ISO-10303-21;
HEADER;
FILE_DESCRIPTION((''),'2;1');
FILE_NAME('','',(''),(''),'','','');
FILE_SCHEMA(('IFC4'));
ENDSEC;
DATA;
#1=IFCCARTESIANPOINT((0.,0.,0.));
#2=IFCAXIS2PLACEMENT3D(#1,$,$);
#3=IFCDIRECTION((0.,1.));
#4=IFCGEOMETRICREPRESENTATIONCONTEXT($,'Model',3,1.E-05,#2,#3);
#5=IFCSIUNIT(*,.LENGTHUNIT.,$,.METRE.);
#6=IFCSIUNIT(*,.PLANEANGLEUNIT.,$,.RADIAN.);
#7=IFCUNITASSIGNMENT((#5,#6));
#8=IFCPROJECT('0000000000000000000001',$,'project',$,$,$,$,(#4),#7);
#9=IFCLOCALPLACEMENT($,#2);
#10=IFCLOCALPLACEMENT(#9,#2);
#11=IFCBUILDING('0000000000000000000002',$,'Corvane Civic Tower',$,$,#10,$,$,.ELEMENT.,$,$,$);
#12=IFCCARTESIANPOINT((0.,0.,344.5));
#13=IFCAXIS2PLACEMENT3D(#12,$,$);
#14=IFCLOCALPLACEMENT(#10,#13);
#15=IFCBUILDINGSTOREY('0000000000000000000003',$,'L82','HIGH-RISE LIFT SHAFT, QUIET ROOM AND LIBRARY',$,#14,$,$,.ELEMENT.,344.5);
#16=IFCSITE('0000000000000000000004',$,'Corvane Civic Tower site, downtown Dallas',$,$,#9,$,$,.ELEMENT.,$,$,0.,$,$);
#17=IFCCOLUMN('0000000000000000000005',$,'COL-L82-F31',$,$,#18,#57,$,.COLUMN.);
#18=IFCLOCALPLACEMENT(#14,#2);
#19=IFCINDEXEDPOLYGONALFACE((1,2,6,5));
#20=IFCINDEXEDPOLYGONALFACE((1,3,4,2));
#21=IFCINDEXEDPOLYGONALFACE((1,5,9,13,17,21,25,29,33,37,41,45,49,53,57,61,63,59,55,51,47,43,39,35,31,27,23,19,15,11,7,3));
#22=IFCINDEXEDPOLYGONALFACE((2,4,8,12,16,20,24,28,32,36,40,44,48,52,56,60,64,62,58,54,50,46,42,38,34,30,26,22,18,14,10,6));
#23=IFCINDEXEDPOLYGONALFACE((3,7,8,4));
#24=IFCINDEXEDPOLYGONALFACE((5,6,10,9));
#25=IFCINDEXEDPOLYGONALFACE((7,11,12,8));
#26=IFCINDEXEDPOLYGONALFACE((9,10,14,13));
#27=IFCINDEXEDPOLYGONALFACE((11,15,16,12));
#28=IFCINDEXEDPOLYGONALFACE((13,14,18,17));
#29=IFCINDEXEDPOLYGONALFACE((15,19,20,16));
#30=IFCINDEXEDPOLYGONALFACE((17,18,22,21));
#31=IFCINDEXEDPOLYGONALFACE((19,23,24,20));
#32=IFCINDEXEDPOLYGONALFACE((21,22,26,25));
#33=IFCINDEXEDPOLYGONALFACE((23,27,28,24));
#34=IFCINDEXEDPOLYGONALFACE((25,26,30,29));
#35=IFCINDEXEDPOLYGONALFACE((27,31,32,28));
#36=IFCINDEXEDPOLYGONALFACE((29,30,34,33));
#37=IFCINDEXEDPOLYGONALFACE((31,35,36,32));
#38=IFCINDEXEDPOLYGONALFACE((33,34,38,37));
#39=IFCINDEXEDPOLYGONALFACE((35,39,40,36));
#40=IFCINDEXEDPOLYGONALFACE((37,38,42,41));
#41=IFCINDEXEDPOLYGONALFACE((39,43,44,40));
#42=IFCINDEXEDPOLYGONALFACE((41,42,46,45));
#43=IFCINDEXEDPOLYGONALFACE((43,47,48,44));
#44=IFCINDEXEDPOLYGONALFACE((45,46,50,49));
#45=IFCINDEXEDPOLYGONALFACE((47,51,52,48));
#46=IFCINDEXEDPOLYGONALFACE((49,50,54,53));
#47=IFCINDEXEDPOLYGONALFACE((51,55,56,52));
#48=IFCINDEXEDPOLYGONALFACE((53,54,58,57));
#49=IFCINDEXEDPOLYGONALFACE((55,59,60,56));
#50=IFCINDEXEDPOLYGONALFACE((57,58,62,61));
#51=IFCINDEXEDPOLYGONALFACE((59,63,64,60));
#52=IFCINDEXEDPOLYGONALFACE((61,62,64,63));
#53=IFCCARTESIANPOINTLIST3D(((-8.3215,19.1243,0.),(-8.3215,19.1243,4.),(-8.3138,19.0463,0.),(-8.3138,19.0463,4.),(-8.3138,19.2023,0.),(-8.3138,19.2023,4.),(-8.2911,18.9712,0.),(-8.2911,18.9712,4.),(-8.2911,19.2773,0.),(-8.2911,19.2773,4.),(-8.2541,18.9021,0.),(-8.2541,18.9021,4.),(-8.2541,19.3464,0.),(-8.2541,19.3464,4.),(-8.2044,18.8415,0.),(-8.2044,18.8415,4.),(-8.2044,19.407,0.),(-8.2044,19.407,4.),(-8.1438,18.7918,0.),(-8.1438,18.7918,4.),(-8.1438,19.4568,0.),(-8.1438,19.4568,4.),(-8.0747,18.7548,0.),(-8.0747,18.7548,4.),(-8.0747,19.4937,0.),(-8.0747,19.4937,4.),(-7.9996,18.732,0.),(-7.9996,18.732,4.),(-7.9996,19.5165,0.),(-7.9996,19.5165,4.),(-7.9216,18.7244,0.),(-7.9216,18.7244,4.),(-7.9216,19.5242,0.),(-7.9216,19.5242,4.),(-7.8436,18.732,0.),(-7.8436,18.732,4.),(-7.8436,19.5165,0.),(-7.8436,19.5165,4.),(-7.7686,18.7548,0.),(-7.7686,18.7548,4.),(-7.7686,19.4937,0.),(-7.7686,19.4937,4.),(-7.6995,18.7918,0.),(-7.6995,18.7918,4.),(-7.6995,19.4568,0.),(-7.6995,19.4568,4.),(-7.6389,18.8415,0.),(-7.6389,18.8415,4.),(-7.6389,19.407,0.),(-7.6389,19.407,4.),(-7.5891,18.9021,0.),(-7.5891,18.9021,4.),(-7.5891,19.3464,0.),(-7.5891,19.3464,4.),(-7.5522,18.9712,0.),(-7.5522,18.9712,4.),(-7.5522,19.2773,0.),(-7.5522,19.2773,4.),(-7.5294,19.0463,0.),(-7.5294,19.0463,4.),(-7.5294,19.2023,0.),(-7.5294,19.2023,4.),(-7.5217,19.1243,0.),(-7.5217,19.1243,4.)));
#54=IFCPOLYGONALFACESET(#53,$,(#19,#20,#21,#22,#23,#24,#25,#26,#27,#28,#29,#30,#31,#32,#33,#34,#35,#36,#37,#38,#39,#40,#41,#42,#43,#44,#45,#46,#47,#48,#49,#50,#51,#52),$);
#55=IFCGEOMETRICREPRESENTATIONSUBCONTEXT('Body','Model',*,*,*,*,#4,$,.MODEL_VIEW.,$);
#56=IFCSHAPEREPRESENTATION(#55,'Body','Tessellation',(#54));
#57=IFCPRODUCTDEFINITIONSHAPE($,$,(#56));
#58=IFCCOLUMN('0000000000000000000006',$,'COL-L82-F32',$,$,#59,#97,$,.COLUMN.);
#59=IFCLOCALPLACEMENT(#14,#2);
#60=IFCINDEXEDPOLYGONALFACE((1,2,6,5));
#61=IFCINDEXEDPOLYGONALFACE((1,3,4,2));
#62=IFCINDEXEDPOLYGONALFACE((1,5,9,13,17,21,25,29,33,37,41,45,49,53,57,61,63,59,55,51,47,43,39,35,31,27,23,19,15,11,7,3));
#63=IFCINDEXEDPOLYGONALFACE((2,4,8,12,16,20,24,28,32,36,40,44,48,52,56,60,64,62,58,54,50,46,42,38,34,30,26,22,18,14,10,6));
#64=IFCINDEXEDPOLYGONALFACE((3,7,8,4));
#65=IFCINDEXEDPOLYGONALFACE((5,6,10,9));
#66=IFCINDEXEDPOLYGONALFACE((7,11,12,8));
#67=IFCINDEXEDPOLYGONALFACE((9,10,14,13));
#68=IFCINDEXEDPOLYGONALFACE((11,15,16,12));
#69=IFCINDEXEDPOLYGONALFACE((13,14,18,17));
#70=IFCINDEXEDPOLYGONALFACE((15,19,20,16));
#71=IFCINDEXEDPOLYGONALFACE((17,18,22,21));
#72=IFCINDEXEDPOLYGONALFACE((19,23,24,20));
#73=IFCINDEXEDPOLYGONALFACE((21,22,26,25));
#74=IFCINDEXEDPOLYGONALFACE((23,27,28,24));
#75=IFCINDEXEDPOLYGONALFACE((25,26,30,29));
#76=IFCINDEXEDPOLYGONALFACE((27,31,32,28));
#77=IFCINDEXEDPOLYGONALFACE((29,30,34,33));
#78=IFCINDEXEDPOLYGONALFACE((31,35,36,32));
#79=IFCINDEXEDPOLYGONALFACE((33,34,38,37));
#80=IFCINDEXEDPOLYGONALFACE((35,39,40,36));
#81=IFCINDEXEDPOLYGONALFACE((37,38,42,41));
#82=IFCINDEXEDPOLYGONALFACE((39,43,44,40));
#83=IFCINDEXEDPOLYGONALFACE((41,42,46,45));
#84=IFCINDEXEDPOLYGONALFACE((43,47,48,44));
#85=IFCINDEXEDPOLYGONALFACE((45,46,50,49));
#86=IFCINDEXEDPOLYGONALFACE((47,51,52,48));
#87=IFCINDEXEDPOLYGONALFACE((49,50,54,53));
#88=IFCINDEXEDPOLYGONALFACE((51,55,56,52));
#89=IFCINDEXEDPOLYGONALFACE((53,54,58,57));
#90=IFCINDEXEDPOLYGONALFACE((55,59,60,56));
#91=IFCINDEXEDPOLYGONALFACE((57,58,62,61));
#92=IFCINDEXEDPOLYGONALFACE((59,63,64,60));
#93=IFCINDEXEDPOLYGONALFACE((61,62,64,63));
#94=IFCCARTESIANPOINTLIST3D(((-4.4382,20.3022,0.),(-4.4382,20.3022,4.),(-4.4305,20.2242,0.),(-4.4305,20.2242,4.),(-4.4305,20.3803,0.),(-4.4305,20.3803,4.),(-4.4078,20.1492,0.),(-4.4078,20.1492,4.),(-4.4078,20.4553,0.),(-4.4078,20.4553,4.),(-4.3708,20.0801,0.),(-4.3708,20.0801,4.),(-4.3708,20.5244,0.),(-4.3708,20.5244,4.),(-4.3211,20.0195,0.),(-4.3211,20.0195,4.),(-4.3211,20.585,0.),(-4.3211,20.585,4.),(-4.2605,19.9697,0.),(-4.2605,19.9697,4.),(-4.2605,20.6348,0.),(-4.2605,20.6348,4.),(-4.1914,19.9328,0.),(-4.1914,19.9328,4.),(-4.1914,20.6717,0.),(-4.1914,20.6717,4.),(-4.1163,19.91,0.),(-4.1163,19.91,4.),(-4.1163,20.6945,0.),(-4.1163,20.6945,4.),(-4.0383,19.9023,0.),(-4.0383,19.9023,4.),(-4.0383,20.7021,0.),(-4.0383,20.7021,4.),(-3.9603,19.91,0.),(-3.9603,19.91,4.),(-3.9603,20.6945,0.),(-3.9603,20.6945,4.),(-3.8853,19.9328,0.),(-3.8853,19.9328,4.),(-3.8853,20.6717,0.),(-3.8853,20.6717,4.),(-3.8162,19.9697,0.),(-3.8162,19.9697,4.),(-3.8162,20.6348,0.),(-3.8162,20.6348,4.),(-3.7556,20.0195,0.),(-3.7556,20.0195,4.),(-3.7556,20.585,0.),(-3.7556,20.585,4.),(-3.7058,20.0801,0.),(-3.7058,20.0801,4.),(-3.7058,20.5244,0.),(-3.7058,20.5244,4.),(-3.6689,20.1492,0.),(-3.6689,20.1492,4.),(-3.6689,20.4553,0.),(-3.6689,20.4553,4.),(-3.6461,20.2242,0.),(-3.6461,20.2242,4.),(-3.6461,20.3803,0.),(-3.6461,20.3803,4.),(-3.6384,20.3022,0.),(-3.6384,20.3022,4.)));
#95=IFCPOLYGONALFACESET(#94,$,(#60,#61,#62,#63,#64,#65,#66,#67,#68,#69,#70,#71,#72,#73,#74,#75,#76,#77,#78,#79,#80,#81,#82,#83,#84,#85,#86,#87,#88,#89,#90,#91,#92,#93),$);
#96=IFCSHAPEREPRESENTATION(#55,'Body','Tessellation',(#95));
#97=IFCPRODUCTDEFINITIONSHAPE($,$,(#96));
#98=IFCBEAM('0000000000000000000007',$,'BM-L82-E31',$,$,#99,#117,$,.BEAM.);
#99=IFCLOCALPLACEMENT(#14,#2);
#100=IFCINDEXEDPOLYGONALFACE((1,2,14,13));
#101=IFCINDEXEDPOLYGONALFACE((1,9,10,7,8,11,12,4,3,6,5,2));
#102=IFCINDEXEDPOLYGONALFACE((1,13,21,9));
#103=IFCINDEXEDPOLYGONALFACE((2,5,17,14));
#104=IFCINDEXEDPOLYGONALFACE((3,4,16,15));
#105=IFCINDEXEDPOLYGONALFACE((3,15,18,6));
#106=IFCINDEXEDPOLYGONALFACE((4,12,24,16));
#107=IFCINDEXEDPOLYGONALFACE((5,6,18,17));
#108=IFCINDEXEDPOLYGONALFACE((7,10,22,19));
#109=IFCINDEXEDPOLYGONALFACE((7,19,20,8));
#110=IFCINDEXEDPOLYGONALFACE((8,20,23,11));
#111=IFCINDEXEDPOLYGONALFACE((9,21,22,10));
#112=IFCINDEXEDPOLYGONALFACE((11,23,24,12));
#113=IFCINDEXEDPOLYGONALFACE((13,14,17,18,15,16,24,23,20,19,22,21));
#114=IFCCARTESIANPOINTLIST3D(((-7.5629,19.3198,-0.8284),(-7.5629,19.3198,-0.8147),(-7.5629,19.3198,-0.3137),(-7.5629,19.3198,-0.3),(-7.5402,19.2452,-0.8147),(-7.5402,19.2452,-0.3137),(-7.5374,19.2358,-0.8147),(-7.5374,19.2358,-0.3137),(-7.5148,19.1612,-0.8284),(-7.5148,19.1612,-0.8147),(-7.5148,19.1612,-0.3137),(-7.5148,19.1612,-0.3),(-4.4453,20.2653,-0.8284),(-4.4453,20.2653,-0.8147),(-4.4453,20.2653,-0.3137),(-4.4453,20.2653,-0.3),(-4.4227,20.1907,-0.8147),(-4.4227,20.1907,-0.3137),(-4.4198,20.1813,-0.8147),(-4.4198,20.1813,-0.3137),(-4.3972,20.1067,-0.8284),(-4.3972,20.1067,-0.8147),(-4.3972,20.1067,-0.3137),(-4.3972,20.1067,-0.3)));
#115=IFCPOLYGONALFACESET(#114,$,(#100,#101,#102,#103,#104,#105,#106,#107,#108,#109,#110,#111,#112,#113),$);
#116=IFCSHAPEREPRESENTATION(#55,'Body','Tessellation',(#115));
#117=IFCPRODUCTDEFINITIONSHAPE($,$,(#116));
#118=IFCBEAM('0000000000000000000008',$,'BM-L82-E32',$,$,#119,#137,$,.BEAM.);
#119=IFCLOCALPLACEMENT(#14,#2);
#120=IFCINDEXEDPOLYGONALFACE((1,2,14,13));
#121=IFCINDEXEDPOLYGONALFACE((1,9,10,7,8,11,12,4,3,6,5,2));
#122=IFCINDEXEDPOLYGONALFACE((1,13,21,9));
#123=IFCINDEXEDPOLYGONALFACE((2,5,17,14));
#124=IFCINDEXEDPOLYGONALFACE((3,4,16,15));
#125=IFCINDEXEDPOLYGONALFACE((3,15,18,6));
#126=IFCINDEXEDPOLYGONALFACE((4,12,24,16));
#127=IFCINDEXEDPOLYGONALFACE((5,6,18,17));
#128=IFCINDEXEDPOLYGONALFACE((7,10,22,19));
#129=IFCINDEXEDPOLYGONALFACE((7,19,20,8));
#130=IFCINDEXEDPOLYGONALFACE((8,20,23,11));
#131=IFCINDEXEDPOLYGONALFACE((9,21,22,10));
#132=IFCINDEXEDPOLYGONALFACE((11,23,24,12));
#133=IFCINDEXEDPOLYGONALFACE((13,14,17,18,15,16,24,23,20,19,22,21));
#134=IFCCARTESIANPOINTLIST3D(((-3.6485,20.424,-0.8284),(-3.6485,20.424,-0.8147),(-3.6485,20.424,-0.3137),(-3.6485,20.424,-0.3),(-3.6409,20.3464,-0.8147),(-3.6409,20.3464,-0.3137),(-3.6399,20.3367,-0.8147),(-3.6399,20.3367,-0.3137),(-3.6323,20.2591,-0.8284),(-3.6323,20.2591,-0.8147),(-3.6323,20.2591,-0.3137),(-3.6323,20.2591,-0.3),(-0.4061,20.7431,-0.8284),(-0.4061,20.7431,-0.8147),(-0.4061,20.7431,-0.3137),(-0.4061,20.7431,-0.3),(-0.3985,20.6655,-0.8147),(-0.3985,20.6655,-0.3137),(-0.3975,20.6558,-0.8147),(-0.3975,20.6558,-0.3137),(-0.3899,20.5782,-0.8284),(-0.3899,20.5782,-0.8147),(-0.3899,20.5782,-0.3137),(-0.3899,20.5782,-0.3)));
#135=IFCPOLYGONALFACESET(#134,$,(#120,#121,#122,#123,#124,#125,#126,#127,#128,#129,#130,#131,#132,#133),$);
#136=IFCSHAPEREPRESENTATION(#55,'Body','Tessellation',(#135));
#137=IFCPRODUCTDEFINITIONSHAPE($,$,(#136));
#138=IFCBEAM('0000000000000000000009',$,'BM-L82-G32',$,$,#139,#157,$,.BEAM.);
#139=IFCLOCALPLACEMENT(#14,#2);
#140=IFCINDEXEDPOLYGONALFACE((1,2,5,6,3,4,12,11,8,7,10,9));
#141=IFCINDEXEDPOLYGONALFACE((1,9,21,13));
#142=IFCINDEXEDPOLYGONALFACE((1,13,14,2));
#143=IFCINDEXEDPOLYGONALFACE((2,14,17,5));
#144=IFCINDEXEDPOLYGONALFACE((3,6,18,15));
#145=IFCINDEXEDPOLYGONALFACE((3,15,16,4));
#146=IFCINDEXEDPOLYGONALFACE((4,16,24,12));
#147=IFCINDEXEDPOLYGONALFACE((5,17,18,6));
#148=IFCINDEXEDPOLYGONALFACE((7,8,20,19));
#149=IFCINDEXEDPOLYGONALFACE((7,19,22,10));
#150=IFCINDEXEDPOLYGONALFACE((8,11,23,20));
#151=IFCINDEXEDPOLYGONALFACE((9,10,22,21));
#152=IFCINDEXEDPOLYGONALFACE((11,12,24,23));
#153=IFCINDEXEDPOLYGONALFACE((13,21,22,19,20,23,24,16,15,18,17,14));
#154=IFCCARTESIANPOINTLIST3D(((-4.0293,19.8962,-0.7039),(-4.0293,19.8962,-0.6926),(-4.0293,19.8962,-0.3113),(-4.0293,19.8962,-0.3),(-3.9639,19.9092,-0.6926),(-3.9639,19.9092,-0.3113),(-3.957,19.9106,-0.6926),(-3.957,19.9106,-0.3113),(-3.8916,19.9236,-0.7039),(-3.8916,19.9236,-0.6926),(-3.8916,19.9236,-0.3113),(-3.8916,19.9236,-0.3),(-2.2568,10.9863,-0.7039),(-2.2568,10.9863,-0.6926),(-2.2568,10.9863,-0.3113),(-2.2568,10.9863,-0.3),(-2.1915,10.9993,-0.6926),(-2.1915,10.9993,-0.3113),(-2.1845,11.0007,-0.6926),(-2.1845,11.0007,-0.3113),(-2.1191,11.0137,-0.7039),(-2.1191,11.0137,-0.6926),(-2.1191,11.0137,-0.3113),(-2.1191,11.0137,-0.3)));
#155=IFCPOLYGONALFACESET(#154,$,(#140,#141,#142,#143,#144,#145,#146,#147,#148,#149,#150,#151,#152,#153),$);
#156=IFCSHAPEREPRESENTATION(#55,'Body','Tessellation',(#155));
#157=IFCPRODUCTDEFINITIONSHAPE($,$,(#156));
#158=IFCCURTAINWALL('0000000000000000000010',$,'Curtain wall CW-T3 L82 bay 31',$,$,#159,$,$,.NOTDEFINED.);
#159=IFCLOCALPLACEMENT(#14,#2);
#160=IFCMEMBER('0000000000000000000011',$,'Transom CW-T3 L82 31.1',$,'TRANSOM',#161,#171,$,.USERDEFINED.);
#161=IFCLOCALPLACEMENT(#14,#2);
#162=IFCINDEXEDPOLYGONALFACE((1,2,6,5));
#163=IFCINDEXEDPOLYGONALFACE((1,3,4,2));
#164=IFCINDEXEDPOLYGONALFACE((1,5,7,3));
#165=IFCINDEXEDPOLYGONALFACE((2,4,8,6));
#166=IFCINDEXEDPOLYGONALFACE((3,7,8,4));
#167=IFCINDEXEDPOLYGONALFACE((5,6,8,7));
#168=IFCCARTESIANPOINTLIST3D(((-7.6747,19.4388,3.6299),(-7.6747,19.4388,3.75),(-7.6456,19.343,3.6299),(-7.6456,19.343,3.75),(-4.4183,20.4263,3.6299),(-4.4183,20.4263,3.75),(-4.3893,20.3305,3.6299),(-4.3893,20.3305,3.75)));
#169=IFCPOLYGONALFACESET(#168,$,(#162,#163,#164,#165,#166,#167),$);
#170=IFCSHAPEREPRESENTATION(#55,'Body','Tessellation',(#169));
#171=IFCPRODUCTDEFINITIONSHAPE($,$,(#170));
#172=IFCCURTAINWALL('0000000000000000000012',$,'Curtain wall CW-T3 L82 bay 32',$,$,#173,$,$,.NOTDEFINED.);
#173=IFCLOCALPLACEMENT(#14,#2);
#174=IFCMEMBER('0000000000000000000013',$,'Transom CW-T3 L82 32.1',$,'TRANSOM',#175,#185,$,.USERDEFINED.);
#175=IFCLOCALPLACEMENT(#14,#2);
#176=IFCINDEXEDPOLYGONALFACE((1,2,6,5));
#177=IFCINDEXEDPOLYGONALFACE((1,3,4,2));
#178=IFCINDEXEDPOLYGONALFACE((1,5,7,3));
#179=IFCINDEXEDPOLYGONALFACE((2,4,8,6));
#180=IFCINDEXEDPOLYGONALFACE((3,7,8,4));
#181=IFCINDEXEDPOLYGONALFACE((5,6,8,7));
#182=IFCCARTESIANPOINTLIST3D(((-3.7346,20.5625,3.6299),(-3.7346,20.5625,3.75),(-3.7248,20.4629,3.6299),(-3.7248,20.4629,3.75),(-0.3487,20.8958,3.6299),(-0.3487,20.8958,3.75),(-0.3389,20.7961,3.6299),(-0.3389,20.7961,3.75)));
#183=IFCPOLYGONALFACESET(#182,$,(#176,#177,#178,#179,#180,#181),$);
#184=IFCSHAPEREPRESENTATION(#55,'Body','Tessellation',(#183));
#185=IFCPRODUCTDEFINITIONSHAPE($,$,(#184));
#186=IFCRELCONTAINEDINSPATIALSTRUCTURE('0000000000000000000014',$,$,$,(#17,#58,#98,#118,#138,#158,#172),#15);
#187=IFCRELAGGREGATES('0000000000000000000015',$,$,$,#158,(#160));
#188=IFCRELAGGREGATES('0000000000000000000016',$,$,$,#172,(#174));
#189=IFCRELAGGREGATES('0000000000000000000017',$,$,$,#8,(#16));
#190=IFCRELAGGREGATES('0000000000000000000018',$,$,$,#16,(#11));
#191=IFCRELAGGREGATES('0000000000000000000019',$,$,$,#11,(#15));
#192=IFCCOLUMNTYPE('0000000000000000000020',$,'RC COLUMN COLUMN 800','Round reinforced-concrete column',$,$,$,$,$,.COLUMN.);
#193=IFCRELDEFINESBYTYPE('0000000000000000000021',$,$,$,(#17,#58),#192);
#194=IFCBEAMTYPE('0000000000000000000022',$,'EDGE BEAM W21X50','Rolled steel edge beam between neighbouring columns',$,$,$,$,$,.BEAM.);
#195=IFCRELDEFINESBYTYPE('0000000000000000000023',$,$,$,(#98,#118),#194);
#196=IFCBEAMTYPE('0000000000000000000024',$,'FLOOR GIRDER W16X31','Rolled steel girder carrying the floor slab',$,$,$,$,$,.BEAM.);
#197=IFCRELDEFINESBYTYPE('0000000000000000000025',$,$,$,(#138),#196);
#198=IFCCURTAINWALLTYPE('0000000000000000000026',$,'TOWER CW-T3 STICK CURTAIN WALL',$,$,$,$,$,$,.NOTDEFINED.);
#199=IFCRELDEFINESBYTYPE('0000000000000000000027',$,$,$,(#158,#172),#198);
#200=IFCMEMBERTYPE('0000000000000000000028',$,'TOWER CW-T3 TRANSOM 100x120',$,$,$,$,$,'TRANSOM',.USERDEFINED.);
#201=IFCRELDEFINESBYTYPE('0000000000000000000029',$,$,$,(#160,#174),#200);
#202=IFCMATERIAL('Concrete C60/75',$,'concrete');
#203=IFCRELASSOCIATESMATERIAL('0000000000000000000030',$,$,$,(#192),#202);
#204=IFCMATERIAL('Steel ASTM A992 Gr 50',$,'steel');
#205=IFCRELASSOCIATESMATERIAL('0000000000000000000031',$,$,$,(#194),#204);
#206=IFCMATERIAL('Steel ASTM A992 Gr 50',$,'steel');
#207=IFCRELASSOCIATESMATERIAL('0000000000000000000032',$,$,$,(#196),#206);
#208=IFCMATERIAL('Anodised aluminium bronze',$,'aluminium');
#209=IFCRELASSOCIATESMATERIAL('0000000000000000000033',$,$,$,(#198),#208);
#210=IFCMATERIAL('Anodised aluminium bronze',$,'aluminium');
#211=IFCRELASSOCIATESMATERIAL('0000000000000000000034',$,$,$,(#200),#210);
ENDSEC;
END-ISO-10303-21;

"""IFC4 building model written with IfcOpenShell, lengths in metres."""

from ifc_helpers import new_model, si_unit, direction, frame, origin, origin_2d, place, context, subcontext, project, spatial, rectangle, circle, i_section, extrude, material, material_profile, profile_set, type_object, element, aggregate, save


model = new_model("IFC4")

# Units and contexts
model_context = context("Model", 3, precision=1e-05, world=origin(), true_north=direction((0.0, 1.0)))
body_context = subcontext(model_context, "Body", "Model", "MODEL_VIEW")
ifc_project = project(units=[si_unit("LENGTHUNIT", "METRE"), si_unit("PLANEANGLEUNIT", "RADIAN")], contexts=[model_context])

# Site, building, storey
site_placement = place(None, origin())
site = spatial("IfcSite", under=ifc_project, at=site_placement, Name="Corvane Civic Tower site, downtown Dallas", CompositionType="ELEMENT", RefElevation=0.0)
building_placement = place(site_placement, origin())
building = spatial("IfcBuilding", under=site, at=building_placement, Name="Corvane Civic Tower", CompositionType="ELEMENT")
storey_placement = place(building_placement, frame((0.0, 0.0, 344.5)))
storey = spatial("IfcBuildingStorey", under=building, at=storey_placement, Name="L82", Description="HIGH-RISE LIFT SHAFT, QUIET ROOM AND LIBRARY", CompositionType="ELEMENT", Elevation=344.5)

# Columns
ifc_material_1 = material(Name="Concrete C60/75", Category="concrete")
ifc_material_profile_1 = material_profile(ifc_material_1, circle(Radius=0.3999, at=origin_2d()), Name="COLUMN 800")
ifc_profile_set_1 = profile_set([ifc_material_profile_1], Name="Concrete C60/75")
column_type = type_object("IfcColumnType", Name="RC COLUMN COLUMN 800", Description="Round reinforced-concrete column", PredefinedType="COLUMN", material=ifc_profile_set_1)
for number, where, z_axis, x_axis, name in (
    (1, (-7.9216, 19.1243, 0.0), (0.0, 0.0, 1.0), (1.0, 0.0, 0.0), "COL-L82-F31"),
    (2, (-4.0383, 20.3022, 0.0), (0.0, 0.0, 1.0), (1.0, 0.0, 0.0), "COL-L82-F32"),
):
    element("IfcColumn", number, at=place(storey_placement, frame(where, z_axis=z_axis, x_axis=x_axis)), inside=storey, type_object=column_type, Name=name, PredefinedType="COLUMN", context=body_context, shape_type="SweptSolid", body=[
        extrude(circle(Radius=0.3999, at=origin_2d()), origin(), (0.0, 0.0, 1.0), 4.0),
    ])

# Beams
ifc_material_2 = material(Name="Steel ASTM A992 Gr 50", Category="steel")
ifc_material_profile_2 = material_profile(ifc_material_2, i_section(OverallWidth=0.1658, OverallDepth=0.5283, WebThickness=0.0098, FlangeThickness=0.0137, at=origin_2d()), Name="W21X50")
ifc_profile_set_2 = profile_set([ifc_material_profile_2], Name="Steel ASTM A992 Gr 50")
beam_type_1 = type_object("IfcBeamType", Name="EDGE BEAM W21X50", Description="Rolled steel edge beam between neighbouring columns", PredefinedType="BEAM", material=ifc_profile_set_2)
beam_1_placement = place(storey_placement, frame((-7.5388, 19.2405, -0.5642), z_axis=(0.956956, 0.290234, 0.0), x_axis=(-0.290234, 0.956956, 0.0)))
element("IfcBeam", 3, at=beam_1_placement, inside=storey, type_object=beam_type_1, Name="BM-L82-E31", PredefinedType="BEAM", context=body_context, shape_type="SweptSolid", body=[
    extrude(i_section(OverallWidth=0.1658, OverallDepth=0.5283, WebThickness=0.0098, FlangeThickness=0.0137, at=origin_2d()), origin(), (0.0, 0.0, 1.0), 3.2578),
])
beam_2_placement = place(storey_placement, frame((-3.6404, 20.3416, -0.5642), z_axis=(0.995193, 0.097938, 0.0), x_axis=(-0.097938, 0.995193, 0.0)))
element("IfcBeam", 4, at=beam_2_placement, inside=storey, type_object=beam_type_1, Name="BM-L82-E32", PredefinedType="BEAM", context=body_context, shape_type="SweptSolid", body=[
    extrude(i_section(OverallWidth=0.1658, OverallDepth=0.5283, WebThickness=0.0098, FlangeThickness=0.0137, at=origin_2d()), origin(), (0.0, 0.0, 1.0), 3.2581),
])
ifc_material_3 = material(Name="Steel ASTM A992 Gr 50", Category="steel")
ifc_material_profile_3 = material_profile(ifc_material_3, i_section(OverallWidth=0.1404, OverallDepth=0.4038, WebThickness=0.0071, FlangeThickness=0.0112, at=origin_2d()), Name="W16X31")
ifc_profile_set_3 = profile_set([ifc_material_profile_3], Name="Steel ASTM A992 Gr 50")
beam_type_2 = type_object("IfcBeamType", Name="FLOOR GIRDER W16X31", Description="Rolled steel girder carrying the floor slab", PredefinedType="BEAM", material=ifc_profile_set_3)
beam_3_placement = place(storey_placement, frame((-2.188, 11.0, -0.502), z_axis=(-0.195108, 0.980782, 0.0), x_axis=(-0.980782, -0.195108, 0.0)))
element("IfcBeam", 5, at=beam_3_placement, inside=storey, type_object=beam_type_2, Name="BM-L82-G32", PredefinedType="BEAM", context=body_context, shape_type="SweptSolid", body=[
    extrude(i_section(OverallWidth=0.1404, OverallDepth=0.4038, WebThickness=0.0071, FlangeThickness=0.0112, at=origin_2d()), origin(), (0.0, 0.0, 1.0), 9.0845),
])

# Curtain walls, members
ifc_material_4 = material(Name="Anodised aluminium bronze", Category="aluminium")
curtain_wall_type = type_object("IfcCurtainWallType", Name="TOWER CW-T3 STICK CURTAIN WALL", PredefinedType="NOTDEFINED", material=ifc_material_4)
curtain_wall_1_placement = place(storey_placement, origin())
curtain_wall_1 = element("IfcCurtainWall", 6, at=curtain_wall_1_placement, inside=storey, type_object=curtain_wall_type, Name="Curtain wall CW-T3 L82 bay 31", PredefinedType="NOTDEFINED")
ifc_material_5 = material(Name="Anodised aluminium bronze", Category="aluminium")
ifc_material_profile_4 = material_profile(ifc_material_5, rectangle(XDim=0.1001, YDim=0.1201, at=origin_2d()), Name="TOWER CW-T3 TRANSOM 100x120")
ifc_profile_set_4 = profile_set([ifc_material_profile_4], Name="Anodised aluminium bronze")
member_type = type_object("IfcMemberType", Name="TOWER CW-T3 TRANSOM 100x120", ElementType="TRANSOM", PredefinedType="USERDEFINED", material=ifc_profile_set_4)
member_1_placement = place(storey_placement, frame((-7.6602, 19.3909, 3.6899), z_axis=(0.956961, 0.290216, 0.0), x_axis=(-0.290216, 0.956961, 0.0)))
member_1 = element("IfcMember", 7, at=member_1_placement, type_object=member_type, Name="Transom CW-T3 L82 31.1", ObjectType="TRANSOM", PredefinedType="USERDEFINED", context=body_context, shape_type="SweptSolid", body=[
    extrude(rectangle(XDim=0.1001, YDim=0.1201, at=origin_2d()), origin(), (0.0, 0.0, 1.0), 3.4028),
])
curtain_wall_2_placement = place(storey_placement, origin())
curtain_wall_2 = element("IfcCurtainWall", 8, at=curtain_wall_2_placement, inside=storey, type_object=curtain_wall_type, Name="Curtain wall CW-T3 L82 bay 32", PredefinedType="NOTDEFINED")
member_2_placement = place(storey_placement, frame((-3.7297, 20.5127, 3.6899), z_axis=(0.995192, 0.097948, 0.0), x_axis=(-0.097948, 0.995192, 0.0)))
member_2 = element("IfcMember", 9, at=member_2_placement, type_object=member_type, Name="Transom CW-T3 L82 32.1", ObjectType="TRANSOM", PredefinedType="USERDEFINED", context=body_context, shape_type="SweptSolid", body=[
    extrude(rectangle(XDim=0.1001, YDim=0.1201, at=origin_2d()), origin(), (0.0, 0.0, 1.0), 3.4023),
])

aggregate(curtain_wall_1, [member_1])
aggregate(curtain_wall_2, [member_2])

save(model, "model.ifc")
